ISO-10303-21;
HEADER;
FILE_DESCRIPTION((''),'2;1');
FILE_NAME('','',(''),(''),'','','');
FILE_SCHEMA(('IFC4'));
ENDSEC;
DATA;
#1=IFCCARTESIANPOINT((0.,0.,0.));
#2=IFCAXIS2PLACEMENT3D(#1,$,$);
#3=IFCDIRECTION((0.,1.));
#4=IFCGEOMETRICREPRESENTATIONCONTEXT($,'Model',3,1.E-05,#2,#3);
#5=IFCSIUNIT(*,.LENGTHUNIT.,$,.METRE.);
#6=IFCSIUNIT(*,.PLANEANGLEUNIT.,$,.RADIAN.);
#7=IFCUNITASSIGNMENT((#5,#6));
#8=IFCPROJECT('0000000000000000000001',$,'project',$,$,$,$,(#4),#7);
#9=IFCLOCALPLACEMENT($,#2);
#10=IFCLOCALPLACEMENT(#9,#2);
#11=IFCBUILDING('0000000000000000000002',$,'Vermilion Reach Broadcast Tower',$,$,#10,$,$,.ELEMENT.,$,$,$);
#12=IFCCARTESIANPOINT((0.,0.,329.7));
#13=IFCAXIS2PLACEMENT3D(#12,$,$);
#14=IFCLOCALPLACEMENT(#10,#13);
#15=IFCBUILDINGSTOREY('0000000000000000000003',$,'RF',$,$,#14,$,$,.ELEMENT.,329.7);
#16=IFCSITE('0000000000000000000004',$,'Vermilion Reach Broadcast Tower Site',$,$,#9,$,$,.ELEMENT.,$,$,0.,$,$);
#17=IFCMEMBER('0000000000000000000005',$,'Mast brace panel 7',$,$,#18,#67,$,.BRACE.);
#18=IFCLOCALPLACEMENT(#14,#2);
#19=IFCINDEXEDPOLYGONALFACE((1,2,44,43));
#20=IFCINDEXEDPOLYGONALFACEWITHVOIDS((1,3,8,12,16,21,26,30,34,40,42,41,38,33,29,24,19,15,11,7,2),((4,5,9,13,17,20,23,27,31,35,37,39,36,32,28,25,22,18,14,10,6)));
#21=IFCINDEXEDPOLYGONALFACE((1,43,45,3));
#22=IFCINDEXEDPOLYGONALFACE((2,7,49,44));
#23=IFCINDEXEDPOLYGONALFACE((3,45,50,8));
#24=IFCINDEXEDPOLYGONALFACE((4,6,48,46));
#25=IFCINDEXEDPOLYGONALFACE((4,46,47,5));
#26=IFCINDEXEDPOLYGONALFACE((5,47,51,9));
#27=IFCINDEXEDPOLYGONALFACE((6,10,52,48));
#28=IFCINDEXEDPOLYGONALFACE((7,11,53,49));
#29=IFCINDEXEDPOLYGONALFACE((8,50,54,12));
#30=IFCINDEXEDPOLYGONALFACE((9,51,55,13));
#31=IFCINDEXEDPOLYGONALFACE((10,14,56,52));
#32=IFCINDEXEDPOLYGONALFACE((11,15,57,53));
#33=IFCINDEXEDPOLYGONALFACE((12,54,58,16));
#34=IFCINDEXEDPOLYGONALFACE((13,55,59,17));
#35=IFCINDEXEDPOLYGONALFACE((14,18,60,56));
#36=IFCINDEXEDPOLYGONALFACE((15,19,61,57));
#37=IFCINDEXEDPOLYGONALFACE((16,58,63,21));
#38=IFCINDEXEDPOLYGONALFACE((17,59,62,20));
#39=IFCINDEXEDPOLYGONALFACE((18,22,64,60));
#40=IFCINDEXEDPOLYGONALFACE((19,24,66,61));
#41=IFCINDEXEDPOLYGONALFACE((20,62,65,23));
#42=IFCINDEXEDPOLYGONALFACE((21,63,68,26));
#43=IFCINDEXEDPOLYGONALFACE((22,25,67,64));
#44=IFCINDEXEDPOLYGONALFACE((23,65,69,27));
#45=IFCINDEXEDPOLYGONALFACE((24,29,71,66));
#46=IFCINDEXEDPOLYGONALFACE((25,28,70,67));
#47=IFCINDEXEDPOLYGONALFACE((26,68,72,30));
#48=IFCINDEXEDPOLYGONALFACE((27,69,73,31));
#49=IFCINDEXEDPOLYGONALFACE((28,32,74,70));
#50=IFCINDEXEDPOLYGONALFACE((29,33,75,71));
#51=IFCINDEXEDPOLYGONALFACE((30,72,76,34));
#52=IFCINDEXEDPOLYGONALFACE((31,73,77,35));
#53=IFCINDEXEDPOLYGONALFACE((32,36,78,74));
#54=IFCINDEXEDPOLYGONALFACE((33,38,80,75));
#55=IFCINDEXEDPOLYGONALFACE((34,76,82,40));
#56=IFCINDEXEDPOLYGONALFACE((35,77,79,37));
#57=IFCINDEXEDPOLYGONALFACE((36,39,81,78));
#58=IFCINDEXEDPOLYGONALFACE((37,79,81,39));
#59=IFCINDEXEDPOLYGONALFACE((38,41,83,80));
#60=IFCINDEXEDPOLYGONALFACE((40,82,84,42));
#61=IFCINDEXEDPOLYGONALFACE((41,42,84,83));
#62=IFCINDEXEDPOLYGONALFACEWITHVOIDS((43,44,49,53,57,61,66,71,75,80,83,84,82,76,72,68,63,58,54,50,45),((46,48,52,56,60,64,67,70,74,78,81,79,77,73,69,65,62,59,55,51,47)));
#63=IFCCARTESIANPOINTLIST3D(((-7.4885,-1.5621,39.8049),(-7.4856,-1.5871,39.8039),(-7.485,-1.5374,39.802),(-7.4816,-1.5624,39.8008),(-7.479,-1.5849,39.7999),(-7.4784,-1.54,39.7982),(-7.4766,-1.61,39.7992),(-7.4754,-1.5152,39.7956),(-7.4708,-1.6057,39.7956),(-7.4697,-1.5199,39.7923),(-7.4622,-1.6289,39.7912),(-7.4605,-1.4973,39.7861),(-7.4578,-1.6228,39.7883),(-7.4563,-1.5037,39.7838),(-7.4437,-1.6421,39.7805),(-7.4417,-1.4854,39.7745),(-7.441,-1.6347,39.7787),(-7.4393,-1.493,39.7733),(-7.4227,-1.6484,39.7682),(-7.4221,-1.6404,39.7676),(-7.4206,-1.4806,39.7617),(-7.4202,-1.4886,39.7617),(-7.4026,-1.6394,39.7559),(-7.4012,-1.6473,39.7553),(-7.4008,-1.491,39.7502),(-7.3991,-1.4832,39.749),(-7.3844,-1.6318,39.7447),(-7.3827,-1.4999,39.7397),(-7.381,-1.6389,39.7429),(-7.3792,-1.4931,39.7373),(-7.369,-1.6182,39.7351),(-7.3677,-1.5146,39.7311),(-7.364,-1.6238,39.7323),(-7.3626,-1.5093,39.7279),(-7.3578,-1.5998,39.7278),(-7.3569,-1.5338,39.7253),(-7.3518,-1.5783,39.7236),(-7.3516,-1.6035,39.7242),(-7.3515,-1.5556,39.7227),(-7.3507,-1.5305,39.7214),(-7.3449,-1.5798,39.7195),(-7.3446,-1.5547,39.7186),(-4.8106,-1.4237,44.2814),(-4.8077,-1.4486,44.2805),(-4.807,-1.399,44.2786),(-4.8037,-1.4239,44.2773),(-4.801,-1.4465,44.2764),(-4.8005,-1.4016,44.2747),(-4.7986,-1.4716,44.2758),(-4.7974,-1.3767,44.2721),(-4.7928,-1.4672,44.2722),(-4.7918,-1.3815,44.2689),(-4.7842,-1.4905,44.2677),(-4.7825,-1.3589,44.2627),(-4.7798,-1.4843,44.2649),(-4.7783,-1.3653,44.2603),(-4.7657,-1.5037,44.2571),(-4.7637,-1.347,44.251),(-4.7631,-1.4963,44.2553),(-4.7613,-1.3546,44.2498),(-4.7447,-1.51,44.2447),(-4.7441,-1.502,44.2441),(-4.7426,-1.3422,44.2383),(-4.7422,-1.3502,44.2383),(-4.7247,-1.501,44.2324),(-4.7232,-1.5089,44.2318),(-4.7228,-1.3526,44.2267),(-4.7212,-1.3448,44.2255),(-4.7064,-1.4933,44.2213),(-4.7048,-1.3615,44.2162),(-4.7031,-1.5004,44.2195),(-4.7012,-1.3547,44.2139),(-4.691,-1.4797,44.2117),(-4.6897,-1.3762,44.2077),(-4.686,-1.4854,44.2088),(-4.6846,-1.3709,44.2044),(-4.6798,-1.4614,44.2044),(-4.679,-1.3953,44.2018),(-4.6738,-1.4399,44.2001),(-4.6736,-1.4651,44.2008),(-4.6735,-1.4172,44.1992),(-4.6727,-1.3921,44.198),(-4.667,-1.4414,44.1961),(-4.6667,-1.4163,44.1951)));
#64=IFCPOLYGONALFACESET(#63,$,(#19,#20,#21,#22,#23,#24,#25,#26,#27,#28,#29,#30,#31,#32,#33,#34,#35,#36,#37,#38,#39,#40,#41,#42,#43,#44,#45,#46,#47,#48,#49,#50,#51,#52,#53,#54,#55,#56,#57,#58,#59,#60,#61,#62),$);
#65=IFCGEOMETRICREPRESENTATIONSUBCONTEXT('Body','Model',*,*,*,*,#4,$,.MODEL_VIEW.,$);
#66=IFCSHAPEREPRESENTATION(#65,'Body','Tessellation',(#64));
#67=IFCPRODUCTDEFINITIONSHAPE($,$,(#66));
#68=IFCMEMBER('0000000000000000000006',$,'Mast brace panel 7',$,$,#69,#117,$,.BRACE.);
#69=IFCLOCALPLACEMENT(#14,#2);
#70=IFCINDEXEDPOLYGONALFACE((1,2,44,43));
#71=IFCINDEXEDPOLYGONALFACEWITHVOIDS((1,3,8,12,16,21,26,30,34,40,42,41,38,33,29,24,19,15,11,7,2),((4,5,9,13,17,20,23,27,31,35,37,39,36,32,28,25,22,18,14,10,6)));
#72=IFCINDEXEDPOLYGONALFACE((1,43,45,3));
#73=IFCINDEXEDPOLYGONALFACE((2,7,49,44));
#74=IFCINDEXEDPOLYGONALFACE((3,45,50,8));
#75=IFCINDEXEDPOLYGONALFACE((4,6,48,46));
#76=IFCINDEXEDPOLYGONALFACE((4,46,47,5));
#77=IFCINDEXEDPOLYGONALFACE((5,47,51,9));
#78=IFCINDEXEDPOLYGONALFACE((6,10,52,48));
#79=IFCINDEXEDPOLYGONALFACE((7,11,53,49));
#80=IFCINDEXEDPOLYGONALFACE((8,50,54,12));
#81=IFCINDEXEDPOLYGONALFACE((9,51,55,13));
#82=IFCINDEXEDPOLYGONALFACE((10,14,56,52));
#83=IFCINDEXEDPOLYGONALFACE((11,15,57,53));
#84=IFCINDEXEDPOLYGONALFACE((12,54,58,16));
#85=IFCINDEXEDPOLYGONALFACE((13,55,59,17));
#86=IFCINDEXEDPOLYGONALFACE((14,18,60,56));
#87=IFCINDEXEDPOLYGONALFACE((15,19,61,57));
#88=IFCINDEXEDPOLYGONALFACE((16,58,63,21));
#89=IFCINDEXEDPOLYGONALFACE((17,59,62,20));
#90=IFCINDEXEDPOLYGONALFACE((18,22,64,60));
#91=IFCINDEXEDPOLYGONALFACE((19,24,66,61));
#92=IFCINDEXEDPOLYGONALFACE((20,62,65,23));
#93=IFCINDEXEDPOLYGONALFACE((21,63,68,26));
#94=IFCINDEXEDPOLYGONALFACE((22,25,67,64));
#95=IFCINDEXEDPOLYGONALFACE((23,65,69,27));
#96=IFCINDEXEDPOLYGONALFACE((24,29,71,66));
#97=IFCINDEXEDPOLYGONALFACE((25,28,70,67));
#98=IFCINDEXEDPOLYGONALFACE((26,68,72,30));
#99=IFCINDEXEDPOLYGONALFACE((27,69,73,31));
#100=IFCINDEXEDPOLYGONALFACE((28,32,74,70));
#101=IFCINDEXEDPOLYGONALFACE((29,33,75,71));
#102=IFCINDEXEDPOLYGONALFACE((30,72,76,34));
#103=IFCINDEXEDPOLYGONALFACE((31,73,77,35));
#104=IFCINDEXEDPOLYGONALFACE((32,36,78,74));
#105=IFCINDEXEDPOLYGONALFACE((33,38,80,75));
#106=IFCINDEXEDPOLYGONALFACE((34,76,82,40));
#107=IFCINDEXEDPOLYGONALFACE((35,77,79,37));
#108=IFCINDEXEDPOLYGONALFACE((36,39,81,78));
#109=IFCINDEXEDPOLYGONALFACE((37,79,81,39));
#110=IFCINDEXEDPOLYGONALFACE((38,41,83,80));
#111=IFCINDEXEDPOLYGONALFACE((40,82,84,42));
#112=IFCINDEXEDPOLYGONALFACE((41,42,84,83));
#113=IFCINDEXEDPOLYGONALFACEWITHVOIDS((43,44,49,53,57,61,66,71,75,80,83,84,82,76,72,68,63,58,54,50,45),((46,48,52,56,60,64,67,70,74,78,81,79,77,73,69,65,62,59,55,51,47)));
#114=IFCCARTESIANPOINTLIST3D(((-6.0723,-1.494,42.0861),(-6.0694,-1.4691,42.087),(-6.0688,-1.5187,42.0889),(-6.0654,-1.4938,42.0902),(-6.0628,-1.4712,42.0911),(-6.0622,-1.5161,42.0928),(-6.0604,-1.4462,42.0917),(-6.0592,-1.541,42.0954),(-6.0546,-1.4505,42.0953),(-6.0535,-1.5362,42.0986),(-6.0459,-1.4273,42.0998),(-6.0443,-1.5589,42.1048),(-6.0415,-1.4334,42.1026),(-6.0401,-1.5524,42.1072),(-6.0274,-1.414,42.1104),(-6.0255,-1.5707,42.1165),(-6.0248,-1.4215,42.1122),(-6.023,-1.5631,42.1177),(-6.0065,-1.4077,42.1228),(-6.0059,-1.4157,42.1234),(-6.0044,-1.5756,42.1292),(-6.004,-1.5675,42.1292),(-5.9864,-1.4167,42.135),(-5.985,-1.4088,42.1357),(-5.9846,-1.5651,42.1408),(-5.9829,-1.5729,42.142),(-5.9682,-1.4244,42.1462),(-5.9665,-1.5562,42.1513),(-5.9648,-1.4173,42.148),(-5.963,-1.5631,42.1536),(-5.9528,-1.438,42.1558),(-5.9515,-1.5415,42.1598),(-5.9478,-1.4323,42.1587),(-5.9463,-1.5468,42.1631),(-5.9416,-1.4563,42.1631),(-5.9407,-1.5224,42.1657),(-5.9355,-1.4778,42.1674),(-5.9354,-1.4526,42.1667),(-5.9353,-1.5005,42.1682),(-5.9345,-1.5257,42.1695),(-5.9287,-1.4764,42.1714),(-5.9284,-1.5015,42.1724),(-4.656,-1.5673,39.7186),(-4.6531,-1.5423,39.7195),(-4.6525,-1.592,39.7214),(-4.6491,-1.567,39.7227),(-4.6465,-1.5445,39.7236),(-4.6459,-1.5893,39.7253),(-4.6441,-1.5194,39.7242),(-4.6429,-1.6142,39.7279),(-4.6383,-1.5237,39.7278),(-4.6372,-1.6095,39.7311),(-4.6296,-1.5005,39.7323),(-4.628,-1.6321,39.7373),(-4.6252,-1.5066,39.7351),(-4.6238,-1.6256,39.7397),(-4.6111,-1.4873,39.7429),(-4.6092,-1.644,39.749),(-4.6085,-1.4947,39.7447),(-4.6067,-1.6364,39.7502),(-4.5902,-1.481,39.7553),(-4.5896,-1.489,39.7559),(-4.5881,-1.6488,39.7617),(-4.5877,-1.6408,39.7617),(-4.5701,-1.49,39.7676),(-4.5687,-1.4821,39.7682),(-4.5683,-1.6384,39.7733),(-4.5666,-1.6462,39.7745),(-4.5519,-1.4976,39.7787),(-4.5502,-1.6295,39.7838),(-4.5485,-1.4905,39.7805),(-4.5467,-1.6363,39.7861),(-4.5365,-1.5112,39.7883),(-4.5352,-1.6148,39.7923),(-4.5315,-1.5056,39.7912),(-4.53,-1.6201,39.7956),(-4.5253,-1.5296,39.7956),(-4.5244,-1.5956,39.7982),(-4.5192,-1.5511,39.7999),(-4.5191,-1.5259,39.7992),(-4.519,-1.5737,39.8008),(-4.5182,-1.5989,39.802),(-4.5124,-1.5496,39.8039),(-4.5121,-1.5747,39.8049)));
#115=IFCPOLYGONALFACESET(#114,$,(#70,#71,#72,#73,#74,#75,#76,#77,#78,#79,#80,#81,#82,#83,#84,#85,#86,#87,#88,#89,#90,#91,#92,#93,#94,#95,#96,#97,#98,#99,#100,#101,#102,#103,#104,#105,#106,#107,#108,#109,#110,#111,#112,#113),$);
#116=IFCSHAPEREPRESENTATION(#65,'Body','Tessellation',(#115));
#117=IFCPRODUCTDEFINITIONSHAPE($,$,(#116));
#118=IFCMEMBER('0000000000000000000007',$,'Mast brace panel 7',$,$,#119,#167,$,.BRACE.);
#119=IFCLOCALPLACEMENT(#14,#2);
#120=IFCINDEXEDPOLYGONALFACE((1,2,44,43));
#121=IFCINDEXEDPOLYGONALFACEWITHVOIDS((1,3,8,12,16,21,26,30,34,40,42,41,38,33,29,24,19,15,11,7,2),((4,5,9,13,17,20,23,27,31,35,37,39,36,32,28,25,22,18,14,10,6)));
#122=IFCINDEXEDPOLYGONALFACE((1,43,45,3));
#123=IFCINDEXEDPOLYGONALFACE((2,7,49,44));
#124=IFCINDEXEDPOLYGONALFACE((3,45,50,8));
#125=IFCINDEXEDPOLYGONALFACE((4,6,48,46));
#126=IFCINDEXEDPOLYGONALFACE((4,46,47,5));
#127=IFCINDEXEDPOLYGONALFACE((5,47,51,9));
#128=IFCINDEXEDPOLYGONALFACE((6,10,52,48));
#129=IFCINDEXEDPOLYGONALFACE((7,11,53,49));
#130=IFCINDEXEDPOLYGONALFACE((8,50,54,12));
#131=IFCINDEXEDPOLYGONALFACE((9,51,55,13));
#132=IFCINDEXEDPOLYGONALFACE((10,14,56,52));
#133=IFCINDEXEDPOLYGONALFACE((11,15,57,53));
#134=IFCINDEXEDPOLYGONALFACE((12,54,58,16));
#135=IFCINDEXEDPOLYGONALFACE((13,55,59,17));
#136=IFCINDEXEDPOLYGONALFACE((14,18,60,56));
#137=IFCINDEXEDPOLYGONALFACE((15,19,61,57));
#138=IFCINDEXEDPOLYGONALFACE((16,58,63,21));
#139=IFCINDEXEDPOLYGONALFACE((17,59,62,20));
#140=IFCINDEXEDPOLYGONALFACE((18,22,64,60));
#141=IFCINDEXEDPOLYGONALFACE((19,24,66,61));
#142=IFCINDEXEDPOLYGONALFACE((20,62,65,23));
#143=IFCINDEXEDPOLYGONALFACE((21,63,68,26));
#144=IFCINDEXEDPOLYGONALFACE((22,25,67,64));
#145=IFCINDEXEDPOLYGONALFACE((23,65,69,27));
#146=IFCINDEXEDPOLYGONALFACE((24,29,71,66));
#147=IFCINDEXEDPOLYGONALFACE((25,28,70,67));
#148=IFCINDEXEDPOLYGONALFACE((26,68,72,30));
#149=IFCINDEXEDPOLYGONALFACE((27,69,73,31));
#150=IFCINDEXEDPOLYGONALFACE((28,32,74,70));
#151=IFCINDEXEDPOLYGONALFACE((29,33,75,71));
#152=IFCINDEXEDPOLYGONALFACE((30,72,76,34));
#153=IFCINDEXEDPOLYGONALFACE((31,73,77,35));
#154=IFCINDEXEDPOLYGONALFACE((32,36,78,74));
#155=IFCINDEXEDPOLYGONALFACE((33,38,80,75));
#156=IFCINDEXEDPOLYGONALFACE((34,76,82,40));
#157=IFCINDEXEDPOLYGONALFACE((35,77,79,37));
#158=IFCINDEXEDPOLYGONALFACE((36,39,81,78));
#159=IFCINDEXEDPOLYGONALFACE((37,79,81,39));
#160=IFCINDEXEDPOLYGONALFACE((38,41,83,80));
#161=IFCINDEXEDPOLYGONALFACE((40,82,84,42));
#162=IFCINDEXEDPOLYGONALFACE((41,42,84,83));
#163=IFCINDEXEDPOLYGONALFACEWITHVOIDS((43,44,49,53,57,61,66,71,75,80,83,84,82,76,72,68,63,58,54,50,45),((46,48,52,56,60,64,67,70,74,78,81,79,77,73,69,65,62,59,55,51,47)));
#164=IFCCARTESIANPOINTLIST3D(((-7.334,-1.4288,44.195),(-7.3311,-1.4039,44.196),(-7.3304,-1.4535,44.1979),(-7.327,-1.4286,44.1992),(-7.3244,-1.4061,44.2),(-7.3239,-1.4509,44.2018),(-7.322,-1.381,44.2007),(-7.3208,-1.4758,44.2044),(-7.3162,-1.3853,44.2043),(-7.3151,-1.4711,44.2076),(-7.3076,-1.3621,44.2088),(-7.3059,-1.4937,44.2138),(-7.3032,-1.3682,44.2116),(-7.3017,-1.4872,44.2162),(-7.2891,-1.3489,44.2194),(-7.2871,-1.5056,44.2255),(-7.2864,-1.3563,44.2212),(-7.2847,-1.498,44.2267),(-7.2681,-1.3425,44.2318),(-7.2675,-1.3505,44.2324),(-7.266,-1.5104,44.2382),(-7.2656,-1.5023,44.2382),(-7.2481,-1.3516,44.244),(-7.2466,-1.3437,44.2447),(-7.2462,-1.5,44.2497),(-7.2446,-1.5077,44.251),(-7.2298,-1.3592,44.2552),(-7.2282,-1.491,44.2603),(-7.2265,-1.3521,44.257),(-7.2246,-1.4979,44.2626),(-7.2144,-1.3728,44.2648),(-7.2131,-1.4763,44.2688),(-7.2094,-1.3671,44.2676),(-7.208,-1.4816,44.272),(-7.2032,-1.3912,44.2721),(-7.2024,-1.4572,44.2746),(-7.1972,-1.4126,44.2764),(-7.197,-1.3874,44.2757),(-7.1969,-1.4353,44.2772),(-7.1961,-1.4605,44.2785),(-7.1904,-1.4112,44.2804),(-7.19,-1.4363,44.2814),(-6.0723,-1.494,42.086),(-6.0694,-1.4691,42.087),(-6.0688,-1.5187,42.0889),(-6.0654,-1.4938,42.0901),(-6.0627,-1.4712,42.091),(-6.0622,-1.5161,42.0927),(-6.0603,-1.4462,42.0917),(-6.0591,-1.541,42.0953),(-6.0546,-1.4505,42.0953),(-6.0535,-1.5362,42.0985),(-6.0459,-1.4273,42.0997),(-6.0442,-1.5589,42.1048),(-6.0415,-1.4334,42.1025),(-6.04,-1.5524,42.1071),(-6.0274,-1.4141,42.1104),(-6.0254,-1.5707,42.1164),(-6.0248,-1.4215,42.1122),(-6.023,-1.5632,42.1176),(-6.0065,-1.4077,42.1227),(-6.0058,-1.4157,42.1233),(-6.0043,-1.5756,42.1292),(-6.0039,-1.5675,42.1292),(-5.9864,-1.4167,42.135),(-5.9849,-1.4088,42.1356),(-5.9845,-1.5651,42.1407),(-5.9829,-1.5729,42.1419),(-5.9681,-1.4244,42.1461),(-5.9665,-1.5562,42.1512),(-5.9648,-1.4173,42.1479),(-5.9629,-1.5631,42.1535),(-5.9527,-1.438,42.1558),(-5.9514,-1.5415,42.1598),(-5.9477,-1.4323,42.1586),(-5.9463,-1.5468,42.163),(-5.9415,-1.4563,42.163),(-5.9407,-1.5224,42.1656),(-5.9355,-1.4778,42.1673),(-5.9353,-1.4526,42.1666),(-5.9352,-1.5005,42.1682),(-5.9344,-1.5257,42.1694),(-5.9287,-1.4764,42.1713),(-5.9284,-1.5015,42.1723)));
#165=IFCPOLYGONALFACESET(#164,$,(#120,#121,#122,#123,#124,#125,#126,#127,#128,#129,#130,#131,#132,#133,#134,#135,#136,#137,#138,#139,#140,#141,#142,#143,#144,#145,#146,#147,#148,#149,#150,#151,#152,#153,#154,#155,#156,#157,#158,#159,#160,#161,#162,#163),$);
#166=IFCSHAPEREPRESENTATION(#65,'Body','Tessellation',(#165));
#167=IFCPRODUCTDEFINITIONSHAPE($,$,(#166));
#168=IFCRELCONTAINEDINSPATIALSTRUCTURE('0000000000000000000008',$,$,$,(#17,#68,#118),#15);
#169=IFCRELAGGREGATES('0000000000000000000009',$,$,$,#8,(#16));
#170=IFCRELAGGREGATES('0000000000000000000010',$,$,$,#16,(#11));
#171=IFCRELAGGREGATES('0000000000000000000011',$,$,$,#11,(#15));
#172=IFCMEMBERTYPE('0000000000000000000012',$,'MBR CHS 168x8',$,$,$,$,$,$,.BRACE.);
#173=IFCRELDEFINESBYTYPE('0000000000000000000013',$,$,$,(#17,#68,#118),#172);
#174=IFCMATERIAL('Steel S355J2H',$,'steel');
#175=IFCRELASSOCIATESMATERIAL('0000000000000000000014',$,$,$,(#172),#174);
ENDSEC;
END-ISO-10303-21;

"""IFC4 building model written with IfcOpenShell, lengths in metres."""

from ifc_helpers import new_model, si_unit, direction, frame, origin, origin_2d, place, context, subcontext, project, spatial, hollow_circle, extrude, material, material_profile, profile_set, type_object, element, save


model = new_model("IFC4")

# Units and contexts
model_context = context("Model", 3, precision=1e-05, world=origin(), true_north=direction((0.0, 1.0)))
body_context = subcontext(model_context, "Body", "Model", "MODEL_VIEW")
ifc_project = project(units=[si_unit("LENGTHUNIT", "METRE"), si_unit("PLANEANGLEUNIT", "RADIAN")], contexts=[model_context])

# Site, building, storey
site_placement = place(None, origin())
site = spatial("IfcSite", under=ifc_project, at=site_placement, Name="Vermilion Reach Broadcast Tower Site", CompositionType="ELEMENT", RefElevation=0.0)
building_placement = place(site_placement, origin())
building = spatial("IfcBuilding", under=site, at=building_placement, Name="Vermilion Reach Broadcast Tower", CompositionType="ELEMENT")
storey_placement = place(building_placement, frame((0.0, 0.0, 329.7)))
storey = spatial("IfcBuildingStorey", under=building, at=storey_placement, Name="RF", CompositionType="ELEMENT", Elevation=329.7)

# Members
ifc_material = material(Name="Steel S355J2H", Category="steel")
ifc_material_profile = material_profile(ifc_material, hollow_circle(Radius=0.0842, WallThickness=0.0081, at=origin_2d()), Name="S355J2H CHS 168x8")
ifc_profile_set = profile_set([ifc_material_profile], Name="Steel S355J2H")
member_type = type_object("IfcMemberType", Name="MBR CHS 168x8", PredefinedType="BRACE", material=ifc_profile_set)
member_1_placement = place(storey_placement, frame((-7.4163, -1.5647, 39.7617), z_axis=(0.513193, 0.026528, 0.857863), x_axis=(-0.051622, 0.998667, 0.0)))
element("IfcMember", 1, at=member_1_placement, inside=storey, type_object=member_type, Name="Mast brace panel 7", PredefinedType="BRACE", context=body_context, shape_type="SweptSolid", body=[
    extrude(hollow_circle(Radius=0.0842, WallThickness=0.0081, at=origin_2d()), origin(), (0.0, 0.0, 1.0), 5.2183),
])
member_2_placement = place(storey_placement, frame((-4.5837, -1.5647, 39.7617), z_axis=(-0.513195, 0.02654, 0.857861), x_axis=(-0.051646, -0.998665, 0.0)))
element("IfcMember", 2, at=member_2_placement, inside=storey, type_object=member_type, Name="Mast brace panel 7", PredefinedType="BRACE", context=body_context, shape_type="SweptSolid", body=[
    extrude(hollow_circle(Radius=0.0842, WallThickness=0.0081, at=origin_2d()), origin(), (0.0, 0.0, 1.0), 2.7598),
])
member_3_placement = place(storey_placement, frame((-6.0, -1.4915, 42.1292), z_axis=(-0.51319, 0.026513, 0.857865), x_axis=(-0.051595, -0.998668, 0.0)))
element("IfcMember", 3, at=member_3_placement, inside=storey, type_object=member_type, Name="Mast brace panel 7", PredefinedType="BRACE", context=body_context, shape_type="SweptSolid", body=[
    extrude(hollow_circle(Radius=0.0842, WallThickness=0.0081, at=origin_2d()), origin(), (0.0, 0.0, 1.0), 2.4585),
])

save(model, "model.ifc")
